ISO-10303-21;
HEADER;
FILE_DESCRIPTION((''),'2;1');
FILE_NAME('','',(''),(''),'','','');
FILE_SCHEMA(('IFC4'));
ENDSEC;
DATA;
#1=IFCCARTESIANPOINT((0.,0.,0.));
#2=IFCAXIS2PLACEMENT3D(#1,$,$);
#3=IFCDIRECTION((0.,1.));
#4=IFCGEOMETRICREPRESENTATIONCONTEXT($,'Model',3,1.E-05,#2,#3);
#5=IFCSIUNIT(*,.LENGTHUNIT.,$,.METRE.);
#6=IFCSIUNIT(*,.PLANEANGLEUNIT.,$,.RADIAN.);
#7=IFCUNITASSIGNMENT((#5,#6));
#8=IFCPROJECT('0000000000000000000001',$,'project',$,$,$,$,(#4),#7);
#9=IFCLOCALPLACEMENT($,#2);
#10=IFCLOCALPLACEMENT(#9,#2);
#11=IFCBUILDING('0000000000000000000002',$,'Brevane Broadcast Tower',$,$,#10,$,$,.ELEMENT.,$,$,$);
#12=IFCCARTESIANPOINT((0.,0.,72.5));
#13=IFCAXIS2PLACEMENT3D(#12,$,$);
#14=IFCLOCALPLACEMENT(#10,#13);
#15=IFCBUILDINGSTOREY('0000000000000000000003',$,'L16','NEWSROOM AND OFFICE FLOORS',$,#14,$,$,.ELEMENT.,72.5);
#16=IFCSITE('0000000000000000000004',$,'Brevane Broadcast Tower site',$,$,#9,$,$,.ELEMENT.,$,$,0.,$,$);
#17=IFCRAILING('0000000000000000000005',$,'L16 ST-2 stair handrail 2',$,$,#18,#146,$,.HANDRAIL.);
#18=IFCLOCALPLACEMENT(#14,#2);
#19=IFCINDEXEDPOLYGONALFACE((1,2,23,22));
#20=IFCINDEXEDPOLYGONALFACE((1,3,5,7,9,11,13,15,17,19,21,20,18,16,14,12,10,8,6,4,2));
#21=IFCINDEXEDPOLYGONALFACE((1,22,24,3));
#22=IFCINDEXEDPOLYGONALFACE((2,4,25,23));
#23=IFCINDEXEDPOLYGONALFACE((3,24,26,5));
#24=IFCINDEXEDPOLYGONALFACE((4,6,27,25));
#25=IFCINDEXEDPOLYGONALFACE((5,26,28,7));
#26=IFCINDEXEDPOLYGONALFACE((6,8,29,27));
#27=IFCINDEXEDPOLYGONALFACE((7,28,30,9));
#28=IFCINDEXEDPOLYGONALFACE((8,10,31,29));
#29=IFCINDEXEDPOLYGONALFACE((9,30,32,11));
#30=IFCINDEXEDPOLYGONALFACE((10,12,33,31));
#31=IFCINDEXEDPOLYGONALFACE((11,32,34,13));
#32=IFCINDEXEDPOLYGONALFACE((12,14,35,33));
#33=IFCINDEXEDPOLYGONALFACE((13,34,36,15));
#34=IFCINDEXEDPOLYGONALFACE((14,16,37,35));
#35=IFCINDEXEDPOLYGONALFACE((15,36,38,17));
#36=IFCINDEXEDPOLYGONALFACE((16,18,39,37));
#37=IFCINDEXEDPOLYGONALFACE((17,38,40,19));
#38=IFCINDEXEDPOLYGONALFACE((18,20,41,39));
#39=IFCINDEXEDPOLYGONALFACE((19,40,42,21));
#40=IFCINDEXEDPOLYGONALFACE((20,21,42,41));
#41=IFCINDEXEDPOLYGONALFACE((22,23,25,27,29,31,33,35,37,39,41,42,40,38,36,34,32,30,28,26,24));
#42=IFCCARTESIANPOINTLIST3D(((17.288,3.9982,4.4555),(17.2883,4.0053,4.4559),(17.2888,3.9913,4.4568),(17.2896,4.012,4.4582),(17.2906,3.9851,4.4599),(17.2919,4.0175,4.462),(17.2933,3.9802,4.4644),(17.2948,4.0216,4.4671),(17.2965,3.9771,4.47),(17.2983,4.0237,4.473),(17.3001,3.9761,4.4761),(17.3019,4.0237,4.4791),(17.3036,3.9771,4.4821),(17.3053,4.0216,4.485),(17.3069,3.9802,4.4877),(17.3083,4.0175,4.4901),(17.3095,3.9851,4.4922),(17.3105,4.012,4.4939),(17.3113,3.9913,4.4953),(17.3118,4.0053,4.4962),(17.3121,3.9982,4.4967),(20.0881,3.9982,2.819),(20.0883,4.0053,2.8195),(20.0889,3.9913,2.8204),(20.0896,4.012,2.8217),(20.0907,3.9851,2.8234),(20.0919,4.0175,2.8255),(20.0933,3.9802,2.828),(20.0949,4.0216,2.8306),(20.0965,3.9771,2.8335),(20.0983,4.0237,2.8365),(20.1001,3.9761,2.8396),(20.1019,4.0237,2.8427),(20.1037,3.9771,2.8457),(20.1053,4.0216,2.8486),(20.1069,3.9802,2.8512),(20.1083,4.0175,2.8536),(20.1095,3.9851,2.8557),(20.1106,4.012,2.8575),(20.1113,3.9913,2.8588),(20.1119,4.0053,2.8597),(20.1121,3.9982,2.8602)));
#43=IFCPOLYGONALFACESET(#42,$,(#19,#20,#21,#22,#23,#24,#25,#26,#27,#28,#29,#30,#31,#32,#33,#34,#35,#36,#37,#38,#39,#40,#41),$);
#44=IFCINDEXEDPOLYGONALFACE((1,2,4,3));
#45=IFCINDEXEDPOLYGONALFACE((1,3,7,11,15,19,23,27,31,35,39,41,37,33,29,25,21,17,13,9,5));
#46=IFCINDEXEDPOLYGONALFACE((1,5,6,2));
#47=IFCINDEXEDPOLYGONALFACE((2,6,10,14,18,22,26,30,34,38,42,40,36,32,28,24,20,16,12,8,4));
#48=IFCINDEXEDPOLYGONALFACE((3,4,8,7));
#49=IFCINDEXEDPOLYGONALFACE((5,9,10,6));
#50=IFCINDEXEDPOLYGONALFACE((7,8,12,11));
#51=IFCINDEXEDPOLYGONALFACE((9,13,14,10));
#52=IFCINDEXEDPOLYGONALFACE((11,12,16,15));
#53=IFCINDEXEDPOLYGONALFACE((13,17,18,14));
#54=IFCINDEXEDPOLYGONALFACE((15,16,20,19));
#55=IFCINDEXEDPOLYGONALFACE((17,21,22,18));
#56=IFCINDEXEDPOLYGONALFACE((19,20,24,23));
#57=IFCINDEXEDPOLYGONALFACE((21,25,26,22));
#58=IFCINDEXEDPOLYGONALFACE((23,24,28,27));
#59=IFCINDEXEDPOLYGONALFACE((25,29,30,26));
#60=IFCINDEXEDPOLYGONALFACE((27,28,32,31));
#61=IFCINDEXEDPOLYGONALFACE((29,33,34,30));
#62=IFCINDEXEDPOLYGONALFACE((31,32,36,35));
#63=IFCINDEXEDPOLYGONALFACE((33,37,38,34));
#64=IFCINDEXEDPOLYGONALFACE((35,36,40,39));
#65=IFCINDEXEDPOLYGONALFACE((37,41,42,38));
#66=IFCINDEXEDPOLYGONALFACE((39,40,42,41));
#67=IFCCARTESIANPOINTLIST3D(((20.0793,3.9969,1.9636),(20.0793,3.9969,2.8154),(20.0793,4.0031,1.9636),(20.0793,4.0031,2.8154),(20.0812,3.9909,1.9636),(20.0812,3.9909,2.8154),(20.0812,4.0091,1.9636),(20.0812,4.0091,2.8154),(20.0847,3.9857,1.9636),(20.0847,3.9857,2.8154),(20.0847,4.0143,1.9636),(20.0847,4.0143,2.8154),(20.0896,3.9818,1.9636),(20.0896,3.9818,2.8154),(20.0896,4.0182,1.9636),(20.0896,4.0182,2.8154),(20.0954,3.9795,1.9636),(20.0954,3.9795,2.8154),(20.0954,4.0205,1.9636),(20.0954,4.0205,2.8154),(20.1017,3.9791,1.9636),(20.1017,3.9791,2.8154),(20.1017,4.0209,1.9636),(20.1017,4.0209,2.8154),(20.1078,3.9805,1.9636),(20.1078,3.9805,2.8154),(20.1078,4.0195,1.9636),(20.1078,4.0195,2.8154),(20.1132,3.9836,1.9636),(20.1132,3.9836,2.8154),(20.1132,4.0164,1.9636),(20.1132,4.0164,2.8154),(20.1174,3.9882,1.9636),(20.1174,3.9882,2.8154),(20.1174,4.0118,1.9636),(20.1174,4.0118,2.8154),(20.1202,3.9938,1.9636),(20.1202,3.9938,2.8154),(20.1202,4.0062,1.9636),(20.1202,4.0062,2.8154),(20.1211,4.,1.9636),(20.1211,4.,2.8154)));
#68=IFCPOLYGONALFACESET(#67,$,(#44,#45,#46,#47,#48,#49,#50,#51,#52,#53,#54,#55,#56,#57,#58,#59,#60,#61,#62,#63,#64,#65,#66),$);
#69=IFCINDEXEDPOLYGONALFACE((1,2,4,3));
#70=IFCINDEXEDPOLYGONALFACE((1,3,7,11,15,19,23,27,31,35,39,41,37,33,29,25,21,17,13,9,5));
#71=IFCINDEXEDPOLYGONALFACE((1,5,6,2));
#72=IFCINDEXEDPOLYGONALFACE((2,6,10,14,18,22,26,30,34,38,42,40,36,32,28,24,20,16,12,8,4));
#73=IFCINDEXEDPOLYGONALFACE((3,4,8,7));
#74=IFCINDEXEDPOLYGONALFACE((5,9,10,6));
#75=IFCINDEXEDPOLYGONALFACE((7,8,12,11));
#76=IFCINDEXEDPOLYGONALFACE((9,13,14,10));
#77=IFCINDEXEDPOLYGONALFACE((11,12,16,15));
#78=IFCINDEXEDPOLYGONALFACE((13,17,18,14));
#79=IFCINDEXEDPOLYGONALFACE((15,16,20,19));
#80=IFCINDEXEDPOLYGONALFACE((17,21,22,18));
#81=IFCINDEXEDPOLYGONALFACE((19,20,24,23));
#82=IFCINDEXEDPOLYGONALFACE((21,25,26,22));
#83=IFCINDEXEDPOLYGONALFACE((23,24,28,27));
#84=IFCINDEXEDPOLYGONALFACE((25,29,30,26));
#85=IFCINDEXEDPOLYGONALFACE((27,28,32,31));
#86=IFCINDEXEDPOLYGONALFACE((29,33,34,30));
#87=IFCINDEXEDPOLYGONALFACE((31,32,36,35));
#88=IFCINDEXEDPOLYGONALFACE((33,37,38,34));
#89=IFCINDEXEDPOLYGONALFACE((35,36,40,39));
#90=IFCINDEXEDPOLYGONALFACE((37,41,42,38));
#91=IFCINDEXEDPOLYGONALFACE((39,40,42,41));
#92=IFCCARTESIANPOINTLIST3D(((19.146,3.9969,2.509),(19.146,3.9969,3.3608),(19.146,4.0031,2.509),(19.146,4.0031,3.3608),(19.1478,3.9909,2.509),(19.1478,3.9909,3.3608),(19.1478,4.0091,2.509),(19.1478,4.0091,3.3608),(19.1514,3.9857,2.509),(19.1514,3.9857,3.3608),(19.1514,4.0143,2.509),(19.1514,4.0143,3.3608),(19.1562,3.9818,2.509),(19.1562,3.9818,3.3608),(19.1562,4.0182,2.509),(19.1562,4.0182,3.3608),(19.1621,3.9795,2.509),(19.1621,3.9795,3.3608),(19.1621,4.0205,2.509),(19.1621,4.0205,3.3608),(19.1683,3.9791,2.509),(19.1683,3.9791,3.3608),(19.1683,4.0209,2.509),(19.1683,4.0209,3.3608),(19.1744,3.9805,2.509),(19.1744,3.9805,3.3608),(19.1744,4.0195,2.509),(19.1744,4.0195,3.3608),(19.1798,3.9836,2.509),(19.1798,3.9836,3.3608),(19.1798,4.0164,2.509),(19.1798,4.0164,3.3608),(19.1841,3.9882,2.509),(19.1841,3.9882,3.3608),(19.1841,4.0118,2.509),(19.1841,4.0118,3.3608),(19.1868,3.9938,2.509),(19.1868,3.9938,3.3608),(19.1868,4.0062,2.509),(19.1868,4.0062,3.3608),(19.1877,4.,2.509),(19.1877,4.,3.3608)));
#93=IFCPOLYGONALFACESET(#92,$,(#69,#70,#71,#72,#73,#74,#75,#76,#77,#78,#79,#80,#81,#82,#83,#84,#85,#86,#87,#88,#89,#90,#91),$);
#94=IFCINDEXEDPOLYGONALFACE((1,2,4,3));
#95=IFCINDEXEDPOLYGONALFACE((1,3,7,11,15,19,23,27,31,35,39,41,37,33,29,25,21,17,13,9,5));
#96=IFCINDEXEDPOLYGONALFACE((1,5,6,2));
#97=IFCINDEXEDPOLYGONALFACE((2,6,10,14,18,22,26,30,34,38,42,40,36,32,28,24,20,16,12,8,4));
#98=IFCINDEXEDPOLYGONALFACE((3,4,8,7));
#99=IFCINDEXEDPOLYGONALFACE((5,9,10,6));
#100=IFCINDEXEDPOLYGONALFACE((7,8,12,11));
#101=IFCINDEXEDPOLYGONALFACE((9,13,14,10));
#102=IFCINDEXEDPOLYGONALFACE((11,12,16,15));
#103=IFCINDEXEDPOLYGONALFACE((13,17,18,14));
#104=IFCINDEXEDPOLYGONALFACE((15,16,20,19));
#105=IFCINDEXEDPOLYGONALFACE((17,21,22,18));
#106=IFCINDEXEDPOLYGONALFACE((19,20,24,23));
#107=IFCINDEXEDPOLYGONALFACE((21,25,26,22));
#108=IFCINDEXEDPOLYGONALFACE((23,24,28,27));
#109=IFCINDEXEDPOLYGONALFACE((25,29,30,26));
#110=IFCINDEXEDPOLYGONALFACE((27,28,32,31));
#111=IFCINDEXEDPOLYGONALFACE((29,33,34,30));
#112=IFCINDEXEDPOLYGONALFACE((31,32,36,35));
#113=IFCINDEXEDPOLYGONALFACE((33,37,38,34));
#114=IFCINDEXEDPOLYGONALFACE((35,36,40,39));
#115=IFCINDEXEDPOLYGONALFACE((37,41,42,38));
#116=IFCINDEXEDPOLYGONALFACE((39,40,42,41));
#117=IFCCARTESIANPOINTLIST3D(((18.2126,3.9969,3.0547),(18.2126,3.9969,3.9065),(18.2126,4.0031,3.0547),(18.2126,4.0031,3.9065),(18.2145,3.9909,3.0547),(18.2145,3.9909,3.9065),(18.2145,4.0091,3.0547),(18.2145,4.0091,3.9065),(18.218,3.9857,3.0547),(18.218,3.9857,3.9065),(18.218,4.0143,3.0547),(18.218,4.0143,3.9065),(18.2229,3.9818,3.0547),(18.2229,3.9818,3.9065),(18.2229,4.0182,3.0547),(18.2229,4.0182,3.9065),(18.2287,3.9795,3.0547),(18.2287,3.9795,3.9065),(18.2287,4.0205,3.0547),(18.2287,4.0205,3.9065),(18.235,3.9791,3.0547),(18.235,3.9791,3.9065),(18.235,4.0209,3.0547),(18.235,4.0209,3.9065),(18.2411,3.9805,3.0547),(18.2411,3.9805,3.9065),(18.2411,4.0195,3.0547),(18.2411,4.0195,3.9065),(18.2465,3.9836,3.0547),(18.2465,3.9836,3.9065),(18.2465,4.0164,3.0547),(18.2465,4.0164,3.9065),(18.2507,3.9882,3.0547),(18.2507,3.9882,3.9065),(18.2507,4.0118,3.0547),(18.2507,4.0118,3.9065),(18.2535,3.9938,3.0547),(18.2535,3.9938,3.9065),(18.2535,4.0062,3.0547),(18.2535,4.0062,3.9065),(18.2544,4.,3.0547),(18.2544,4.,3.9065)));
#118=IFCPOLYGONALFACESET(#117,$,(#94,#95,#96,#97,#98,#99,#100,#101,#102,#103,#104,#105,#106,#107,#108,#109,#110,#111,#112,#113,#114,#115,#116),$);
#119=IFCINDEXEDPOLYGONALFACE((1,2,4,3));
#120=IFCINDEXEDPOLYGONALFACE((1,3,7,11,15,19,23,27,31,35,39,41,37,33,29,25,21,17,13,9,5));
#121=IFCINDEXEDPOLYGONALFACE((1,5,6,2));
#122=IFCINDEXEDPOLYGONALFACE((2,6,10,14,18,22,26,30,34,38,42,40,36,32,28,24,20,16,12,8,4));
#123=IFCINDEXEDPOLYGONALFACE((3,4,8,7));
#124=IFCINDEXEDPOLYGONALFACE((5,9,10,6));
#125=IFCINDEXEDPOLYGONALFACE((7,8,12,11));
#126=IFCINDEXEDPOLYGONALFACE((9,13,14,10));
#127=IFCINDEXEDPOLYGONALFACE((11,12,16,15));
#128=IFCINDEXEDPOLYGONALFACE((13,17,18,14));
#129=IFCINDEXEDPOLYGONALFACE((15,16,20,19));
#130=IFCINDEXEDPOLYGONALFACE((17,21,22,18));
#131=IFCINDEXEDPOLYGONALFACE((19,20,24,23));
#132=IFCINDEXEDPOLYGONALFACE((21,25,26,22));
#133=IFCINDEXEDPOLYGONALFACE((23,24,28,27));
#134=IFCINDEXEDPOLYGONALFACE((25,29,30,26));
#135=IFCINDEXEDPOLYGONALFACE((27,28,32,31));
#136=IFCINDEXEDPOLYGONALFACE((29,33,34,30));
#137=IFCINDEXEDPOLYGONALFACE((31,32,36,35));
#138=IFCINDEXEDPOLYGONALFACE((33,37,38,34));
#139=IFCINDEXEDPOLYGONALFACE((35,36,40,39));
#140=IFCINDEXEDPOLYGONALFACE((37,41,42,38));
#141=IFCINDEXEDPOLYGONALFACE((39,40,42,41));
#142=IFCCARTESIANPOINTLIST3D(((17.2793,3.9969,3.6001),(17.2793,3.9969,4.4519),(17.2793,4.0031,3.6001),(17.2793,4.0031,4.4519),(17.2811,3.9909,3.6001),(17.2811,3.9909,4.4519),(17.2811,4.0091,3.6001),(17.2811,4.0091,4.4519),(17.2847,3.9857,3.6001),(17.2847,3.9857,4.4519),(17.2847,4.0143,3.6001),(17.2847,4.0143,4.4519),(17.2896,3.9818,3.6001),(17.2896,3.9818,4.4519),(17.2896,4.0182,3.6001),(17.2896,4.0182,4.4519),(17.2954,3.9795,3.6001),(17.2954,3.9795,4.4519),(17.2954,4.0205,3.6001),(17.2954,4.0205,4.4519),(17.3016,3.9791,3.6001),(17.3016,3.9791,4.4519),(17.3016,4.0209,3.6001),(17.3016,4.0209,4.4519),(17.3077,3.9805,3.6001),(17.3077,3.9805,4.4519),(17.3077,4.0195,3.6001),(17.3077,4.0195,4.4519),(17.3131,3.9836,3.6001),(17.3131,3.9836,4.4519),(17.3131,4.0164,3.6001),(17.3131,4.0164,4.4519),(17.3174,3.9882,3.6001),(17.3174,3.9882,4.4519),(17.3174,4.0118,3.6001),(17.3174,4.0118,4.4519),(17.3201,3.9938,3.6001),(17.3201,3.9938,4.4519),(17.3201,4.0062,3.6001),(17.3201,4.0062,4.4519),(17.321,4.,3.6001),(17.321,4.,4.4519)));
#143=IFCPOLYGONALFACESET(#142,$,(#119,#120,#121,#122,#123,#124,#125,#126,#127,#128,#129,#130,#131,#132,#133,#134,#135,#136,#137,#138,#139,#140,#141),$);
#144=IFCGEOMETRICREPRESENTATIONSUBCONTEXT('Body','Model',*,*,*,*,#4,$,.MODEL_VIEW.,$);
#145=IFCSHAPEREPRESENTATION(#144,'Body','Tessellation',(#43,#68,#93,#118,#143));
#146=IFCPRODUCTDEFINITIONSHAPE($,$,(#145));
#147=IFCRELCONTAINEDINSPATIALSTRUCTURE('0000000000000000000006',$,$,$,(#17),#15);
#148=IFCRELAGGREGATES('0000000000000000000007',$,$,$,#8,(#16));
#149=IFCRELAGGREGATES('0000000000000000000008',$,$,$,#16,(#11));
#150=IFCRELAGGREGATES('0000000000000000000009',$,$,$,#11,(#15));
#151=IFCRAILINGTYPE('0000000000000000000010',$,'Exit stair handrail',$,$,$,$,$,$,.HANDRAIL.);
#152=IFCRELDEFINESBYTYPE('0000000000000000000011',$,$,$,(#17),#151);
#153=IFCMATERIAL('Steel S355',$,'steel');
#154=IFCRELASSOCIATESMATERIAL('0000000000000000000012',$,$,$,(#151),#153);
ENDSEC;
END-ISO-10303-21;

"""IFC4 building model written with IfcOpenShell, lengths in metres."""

from ifc_helpers import new_model, si_unit, direction, frame, origin, origin_2d, place, context, subcontext, project, spatial, circle, extrude, material, type_object, element, save


model = new_model("IFC4")

# Units and contexts
model_context = context("Model", 3, precision=1e-05, world=origin(), true_north=direction((0.0, 1.0)))
body_context = subcontext(model_context, "Body", "Model", "MODEL_VIEW")
ifc_project = project(units=[si_unit("LENGTHUNIT", "METRE"), si_unit("PLANEANGLEUNIT", "RADIAN")], contexts=[model_context])

# Site, building, storey
site_placement = place(None, origin())
site = spatial("IfcSite", under=ifc_project, at=site_placement, Name="Brevane Broadcast Tower site", CompositionType="ELEMENT", RefElevation=0.0)
building_placement = place(site_placement, origin())
building = spatial("IfcBuilding", under=site, at=building_placement, Name="Brevane Broadcast Tower", CompositionType="ELEMENT")
storey_placement = place(building_placement, frame((0.0, 0.0, 72.5)))
storey = spatial("IfcBuildingStorey", under=building, at=storey_placement, Name="L16", Description="NEWSROOM AND OFFICE FLOORS", CompositionType="ELEMENT", Elevation=72.5)

# Railing
ifc_material_1 = material(Name="Steel S355", Category="steel")
railing_type_1 = type_object("IfcRailingType", Name="Exit stair handrail", PredefinedType="HANDRAIL", material=ifc_material_1)
railing_1_placement = place(storey_placement, frame((20.1001, 4.0, 1.9636)))
element("IfcRailing", 1, at=railing_1_placement, inside=storey, type_object=railing_type_1, Name="L16 ST-2 stair handrail 2", PredefinedType="HANDRAIL", context=body_context, shape_type="SweptSolid", body=[
    extrude(circle(Radius=0.0239, at=origin_2d()), frame((0.0, 0.0, 0.876), z_axis=(-0.863361, 0.0, 0.504587), x_axis=(0.0, -1.0, 0.0)), (0.0, 0.0, 1.0), 3.2432),
    extrude(circle(Radius=0.021, at=origin_2d()), origin(), (0.0, 0.0, 1.0), 0.8518),
    extrude(circle(Radius=0.021, at=origin_2d()), frame((-0.9333, 0.0, 0.5454)), (0.0, 0.0, 1.0), 0.8518),
    extrude(circle(Radius=0.021, at=origin_2d()), frame((-1.8667, 0.0, 1.0911)), (0.0, 0.0, 1.0), 0.8518),
    extrude(circle(Radius=0.021, at=origin_2d()), frame((-2.8, 0.0, 1.6365)), (0.0, 0.0, 1.0), 0.8518),
])

save(model, "model.ifc")
